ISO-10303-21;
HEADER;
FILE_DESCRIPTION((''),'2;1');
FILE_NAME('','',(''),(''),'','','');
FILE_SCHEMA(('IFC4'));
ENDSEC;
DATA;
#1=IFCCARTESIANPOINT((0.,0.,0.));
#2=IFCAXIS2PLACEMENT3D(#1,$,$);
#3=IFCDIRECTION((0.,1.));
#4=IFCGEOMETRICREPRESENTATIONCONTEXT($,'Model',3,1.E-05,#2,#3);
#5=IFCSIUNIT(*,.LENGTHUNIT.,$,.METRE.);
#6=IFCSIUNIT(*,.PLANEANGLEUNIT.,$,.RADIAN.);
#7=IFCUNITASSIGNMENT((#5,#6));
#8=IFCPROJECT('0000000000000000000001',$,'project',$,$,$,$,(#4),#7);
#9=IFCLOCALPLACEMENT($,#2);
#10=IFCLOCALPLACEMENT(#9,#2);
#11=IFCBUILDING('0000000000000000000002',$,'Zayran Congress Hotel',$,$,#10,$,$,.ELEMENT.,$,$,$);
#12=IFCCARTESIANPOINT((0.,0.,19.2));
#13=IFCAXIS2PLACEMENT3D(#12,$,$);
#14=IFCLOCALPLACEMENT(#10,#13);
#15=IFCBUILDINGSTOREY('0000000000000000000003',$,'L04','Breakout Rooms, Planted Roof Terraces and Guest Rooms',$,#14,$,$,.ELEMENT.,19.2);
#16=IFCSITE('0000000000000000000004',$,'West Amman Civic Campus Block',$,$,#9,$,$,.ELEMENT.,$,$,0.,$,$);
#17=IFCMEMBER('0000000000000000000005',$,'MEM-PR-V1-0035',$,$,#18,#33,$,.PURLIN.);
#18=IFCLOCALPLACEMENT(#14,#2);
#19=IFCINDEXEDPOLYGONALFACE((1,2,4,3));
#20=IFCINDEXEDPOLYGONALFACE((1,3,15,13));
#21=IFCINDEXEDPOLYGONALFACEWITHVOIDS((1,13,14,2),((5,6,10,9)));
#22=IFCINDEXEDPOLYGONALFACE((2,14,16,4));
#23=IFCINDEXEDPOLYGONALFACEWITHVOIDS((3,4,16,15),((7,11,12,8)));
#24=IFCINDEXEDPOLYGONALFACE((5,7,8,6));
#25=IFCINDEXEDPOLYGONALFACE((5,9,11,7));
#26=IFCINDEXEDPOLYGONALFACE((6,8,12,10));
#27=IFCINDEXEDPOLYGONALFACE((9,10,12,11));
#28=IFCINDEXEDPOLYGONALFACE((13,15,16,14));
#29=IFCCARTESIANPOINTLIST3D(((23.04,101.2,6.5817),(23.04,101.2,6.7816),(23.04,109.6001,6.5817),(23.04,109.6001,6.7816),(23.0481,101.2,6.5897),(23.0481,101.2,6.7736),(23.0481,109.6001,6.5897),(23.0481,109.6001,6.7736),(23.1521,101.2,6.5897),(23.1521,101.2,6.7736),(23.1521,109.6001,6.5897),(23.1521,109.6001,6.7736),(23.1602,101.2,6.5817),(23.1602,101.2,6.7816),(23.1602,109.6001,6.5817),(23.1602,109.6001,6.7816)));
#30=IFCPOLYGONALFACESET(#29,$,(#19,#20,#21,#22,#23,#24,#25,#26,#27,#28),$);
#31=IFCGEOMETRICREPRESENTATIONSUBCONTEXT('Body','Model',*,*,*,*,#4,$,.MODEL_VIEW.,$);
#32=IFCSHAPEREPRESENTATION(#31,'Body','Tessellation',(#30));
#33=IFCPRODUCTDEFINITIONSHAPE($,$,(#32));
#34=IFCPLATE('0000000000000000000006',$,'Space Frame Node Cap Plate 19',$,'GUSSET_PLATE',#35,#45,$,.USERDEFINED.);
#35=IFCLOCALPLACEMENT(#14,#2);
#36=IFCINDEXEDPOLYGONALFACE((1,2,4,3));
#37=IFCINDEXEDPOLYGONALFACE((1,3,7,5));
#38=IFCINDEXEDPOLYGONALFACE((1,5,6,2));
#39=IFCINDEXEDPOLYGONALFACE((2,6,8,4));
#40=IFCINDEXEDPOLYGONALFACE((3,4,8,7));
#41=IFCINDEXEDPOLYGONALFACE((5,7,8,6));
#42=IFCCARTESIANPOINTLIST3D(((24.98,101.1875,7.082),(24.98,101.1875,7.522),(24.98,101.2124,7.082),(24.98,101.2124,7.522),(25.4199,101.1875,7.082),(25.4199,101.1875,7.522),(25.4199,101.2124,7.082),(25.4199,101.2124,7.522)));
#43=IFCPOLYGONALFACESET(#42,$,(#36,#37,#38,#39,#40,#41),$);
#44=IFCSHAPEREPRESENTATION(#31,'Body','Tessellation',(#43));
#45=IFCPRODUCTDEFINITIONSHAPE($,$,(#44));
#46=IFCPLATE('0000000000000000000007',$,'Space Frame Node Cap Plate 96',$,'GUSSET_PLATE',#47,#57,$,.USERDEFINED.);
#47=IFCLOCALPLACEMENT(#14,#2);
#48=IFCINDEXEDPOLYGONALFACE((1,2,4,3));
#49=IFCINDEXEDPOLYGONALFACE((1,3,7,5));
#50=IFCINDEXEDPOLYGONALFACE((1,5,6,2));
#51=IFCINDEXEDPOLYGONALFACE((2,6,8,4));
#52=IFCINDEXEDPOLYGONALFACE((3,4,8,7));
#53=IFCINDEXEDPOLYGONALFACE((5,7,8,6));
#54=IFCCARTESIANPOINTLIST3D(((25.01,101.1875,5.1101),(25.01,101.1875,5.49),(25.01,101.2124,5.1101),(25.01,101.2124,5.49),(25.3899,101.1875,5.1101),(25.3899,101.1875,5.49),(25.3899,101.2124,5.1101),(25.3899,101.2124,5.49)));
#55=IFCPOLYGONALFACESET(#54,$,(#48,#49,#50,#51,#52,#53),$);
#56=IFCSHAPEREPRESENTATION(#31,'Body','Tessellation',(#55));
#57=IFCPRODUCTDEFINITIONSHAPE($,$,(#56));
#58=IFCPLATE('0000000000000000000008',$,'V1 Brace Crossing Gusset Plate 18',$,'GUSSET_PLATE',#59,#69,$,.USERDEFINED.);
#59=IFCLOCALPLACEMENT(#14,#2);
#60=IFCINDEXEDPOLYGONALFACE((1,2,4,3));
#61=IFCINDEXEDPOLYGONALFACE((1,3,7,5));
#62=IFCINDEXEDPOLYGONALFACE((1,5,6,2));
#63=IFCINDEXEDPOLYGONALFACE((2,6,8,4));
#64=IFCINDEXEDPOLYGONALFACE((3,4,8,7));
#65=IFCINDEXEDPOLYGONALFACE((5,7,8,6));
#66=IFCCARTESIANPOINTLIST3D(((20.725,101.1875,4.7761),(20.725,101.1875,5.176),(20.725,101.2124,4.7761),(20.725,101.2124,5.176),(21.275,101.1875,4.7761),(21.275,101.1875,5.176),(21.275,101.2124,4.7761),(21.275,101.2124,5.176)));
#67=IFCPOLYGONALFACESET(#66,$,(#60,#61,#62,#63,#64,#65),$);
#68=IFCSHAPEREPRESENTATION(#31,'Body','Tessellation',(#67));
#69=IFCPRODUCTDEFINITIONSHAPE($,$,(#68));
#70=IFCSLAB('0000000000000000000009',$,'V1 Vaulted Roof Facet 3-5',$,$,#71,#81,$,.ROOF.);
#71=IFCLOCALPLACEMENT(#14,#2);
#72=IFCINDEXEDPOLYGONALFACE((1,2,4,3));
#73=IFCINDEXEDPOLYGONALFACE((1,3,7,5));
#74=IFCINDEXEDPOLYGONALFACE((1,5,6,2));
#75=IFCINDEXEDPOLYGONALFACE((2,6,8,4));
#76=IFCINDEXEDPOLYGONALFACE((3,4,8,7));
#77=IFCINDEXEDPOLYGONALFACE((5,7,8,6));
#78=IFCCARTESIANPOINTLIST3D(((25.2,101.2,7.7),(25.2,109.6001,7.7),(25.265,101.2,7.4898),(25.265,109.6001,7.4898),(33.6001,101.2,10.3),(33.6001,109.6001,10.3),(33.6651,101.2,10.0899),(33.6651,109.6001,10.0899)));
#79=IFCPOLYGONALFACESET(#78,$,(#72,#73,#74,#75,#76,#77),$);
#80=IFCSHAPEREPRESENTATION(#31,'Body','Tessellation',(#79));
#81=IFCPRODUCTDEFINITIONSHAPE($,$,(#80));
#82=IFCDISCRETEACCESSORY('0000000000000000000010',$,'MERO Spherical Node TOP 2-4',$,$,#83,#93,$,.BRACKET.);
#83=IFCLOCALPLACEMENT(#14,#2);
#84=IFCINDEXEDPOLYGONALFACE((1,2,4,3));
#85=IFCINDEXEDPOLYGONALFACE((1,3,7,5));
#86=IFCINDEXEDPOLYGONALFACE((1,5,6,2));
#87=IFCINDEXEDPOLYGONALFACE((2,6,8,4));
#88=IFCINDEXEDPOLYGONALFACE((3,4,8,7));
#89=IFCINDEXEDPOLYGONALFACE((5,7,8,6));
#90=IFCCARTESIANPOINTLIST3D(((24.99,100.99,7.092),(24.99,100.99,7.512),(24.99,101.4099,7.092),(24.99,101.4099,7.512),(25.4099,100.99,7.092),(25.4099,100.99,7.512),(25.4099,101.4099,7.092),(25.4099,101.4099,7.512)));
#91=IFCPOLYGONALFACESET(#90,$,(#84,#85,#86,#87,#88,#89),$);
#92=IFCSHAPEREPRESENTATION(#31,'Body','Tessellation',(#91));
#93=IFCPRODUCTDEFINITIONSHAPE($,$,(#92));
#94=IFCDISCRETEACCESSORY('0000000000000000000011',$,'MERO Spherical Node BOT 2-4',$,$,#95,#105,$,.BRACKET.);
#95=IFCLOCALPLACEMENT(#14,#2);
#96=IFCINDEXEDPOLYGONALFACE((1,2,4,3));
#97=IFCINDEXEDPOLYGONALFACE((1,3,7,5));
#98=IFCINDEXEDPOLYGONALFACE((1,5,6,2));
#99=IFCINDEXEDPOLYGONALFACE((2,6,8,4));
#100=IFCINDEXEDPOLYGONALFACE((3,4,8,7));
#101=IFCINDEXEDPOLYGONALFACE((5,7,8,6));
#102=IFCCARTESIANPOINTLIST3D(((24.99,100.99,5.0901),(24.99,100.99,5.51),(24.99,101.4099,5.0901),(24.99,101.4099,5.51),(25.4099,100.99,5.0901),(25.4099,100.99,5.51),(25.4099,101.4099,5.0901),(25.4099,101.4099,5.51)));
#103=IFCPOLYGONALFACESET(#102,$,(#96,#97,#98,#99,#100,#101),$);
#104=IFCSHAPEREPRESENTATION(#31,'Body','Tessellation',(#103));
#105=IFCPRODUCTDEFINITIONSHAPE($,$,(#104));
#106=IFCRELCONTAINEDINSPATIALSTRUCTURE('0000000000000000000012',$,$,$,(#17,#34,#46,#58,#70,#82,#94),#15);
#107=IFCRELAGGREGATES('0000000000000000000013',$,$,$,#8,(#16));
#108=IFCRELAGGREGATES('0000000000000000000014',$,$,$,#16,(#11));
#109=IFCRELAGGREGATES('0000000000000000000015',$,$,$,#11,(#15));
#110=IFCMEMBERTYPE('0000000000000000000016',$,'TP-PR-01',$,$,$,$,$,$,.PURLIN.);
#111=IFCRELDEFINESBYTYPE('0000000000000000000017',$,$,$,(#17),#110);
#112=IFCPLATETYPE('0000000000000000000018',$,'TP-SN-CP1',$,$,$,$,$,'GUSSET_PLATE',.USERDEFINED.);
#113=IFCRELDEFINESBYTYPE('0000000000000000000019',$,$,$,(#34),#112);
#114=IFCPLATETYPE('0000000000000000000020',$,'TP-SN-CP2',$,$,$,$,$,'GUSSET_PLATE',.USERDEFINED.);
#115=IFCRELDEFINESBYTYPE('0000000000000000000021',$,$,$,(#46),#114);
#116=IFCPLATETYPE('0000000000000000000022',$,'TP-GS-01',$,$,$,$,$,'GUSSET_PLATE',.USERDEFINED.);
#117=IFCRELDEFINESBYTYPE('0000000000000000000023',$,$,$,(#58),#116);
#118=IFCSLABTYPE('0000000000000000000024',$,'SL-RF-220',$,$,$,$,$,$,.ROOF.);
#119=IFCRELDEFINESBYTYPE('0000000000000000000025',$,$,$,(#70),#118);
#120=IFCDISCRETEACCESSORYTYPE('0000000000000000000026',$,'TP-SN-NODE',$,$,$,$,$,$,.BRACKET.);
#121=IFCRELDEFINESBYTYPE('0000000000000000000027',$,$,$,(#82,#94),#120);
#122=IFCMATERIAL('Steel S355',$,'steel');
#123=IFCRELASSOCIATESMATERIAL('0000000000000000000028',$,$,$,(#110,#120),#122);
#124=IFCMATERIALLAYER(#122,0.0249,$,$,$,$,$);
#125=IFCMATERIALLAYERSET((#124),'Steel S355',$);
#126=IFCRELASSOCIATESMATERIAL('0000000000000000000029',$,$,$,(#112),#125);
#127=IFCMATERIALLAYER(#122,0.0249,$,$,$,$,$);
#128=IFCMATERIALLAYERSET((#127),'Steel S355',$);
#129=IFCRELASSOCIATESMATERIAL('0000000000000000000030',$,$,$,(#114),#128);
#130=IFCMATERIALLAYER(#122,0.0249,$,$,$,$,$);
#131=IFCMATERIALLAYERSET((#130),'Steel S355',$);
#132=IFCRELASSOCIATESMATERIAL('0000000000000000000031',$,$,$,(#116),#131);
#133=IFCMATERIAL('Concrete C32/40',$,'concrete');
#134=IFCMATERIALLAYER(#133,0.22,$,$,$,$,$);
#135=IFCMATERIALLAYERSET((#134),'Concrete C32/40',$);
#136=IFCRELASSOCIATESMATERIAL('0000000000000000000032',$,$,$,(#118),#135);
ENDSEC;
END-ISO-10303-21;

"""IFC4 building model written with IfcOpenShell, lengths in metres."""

from ifc_helpers import new_model, si_unit, direction, frame, origin, origin_2d, place, context, subcontext, project, spatial, polyline, rectangle, hollow_rectangle, outline, extrude, material, layer, layer_set, material_profile, profile_set, type_object, element, save


model = new_model("IFC4")

# Units and contexts
model_context = context("Model", 3, precision=1e-05, world=origin(), true_north=direction((0.0, 1.0)))
body_context = subcontext(model_context, "Body", "Model", "MODEL_VIEW")
ifc_project = project(units=[si_unit("LENGTHUNIT", "METRE"), si_unit("PLANEANGLEUNIT", "RADIAN")], contexts=[model_context])

# Site, building, storey
site_placement = place(None, origin())
site = spatial("IfcSite", under=ifc_project, at=site_placement, Name="West Amman Civic Campus Block", CompositionType="ELEMENT", RefElevation=0.0)
building_placement = place(site_placement, origin())
building = spatial("IfcBuilding", under=site, at=building_placement, Name="Zayran Congress Hotel", CompositionType="ELEMENT")
storey_placement = place(building_placement, frame((0.0, 0.0, 19.2)))
storey = spatial("IfcBuildingStorey", under=building, at=storey_placement, Name="L04", Description="Breakout Rooms, Planted Roof Terraces and Guest Rooms", CompositionType="ELEMENT", Elevation=19.2)

# Member
ifc_material_1 = material(Name="Steel S355", Category="steel")
ifc_material_profile_1 = material_profile(ifc_material_1, hollow_rectangle(XDim=0.1201, YDim=0.2, WallThickness=0.0081, at=origin_2d()), Name="RHS 200x120x8")
ifc_profile_set_1 = profile_set([ifc_material_profile_1], Name="Steel S355")
member_type_1 = type_object("IfcMemberType", Name="TP-PR-01", PredefinedType="PURLIN", material=ifc_profile_set_1)
for number, where, z_axis, x_axis, name in (
    (1, (23.1001, 101.2, 6.6816), (0.0, 1.0, 0.0), (-1.0, 0.0, 0.0), "MEM-PR-V1-0035"),
):
    element("IfcMember", number, at=place(storey_placement, frame(where, z_axis=z_axis, x_axis=x_axis)), inside=storey, type_object=member_type_1, Name=name, PredefinedType="PURLIN", context=body_context, shape_type="SweptSolid", body=[
        extrude(hollow_rectangle(XDim=0.1201, YDim=0.2, WallThickness=0.0081, at=origin_2d()), origin(), (0.0, 0.0, 1.0), 8.4001),
    ])

# Plates
ifc_layer_1 = layer(ifc_material_1, 0.0249)
ifc_layer_set_1 = layer_set([ifc_layer_1], Name="Steel S355")
plate_type_1 = type_object("IfcPlateType", Name="TP-SN-CP1", ElementType="GUSSET_PLATE", PredefinedType="USERDEFINED", material=ifc_layer_set_1)
plate_1_placement = place(storey_placement, frame((25.2, 101.2, 7.082), z_axis=(0.0, 0.0, 1.0), x_axis=(1.0, 0.0, 0.0)))
element("IfcPlate", 2, at=plate_1_placement, inside=storey, type_object=plate_type_1, Name="Space Frame Node Cap Plate 19", ObjectType="GUSSET_PLATE", PredefinedType="USERDEFINED", context=body_context, shape_type="SweptSolid", body=[
    extrude(rectangle(XDim=0.4399, YDim=0.0249, at=origin_2d()), origin(), (0.0, 0.0, 1.0), 0.4399),
])
ifc_layer_2 = layer(ifc_material_1, 0.0249)
ifc_layer_set_2 = layer_set([ifc_layer_2], Name="Steel S355")
plate_type_2 = type_object("IfcPlateType", Name="TP-SN-CP2", ElementType="GUSSET_PLATE", PredefinedType="USERDEFINED", material=ifc_layer_set_2)
plate_2_placement = place(storey_placement, frame((25.2, 101.2, 5.1101), z_axis=(0.0, 0.0, 1.0), x_axis=(1.0, 0.0, 0.0)))
element("IfcPlate", 3, at=plate_2_placement, inside=storey, type_object=plate_type_2, Name="Space Frame Node Cap Plate 96", ObjectType="GUSSET_PLATE", PredefinedType="USERDEFINED", context=body_context, shape_type="SweptSolid", body=[
    extrude(rectangle(XDim=0.3799, YDim=0.0249, at=origin_2d()), origin(), (0.0, 0.0, 1.0), 0.3799),
])
ifc_layer_3 = layer(ifc_material_1, 0.0249)
ifc_layer_set_3 = layer_set([ifc_layer_3], Name="Steel S355")
plate_type_3 = type_object("IfcPlateType", Name="TP-GS-01", ElementType="GUSSET_PLATE", PredefinedType="USERDEFINED", material=ifc_layer_set_3)
plate_3_placement = place(storey_placement, frame((21.0, 101.2, 4.7761), z_axis=(0.0, 0.0, 1.0), x_axis=(1.0, 0.0, 0.0)))
element("IfcPlate", 4, at=plate_3_placement, inside=storey, type_object=plate_type_3, Name="V1 Brace Crossing Gusset Plate 18", ObjectType="GUSSET_PLATE", PredefinedType="USERDEFINED", context=body_context, shape_type="SweptSolid", body=[
    extrude(rectangle(XDim=0.55, YDim=0.0249, at=origin_2d()), origin(), (0.0, 0.0, 1.0), 0.3999),
])

# Slab
ifc_material_2 = material(Name="Concrete C32/40", Category="concrete")
ifc_layer_4 = layer(ifc_material_2, 0.22)
ifc_layer_set_4 = layer_set([ifc_layer_4], Name="Concrete C32/40")
slab_type = type_object("IfcSlabType", Name="SL-RF-220", PredefinedType="ROOF", material=ifc_layer_set_4)
slab_placement = place(storey_placement, frame((25.2, 101.2, 7.7), z_axis=(-0.295689, 0.0, 0.955284), x_axis=(0.955284, 0.0, 0.295689)))
element("IfcSlab", 5, at=slab_placement, inside=storey, type_object=slab_type, Name="V1 Vaulted Roof Facet 3-5", PredefinedType="ROOF", context=body_context, shape_type="SweptSolid", body=[
    extrude(outline(polyline([(0.0, 0.0), (8.7933, 0.0), (8.7933, 8.4001), (0.0, 8.4001), (0.0, 0.0)])), origin(), (0.0, 0.0, -1.0), 0.22),
])

# Discrete accessories
discrete_accessory_type = type_object("IfcDiscreteAccessoryType", Name="TP-SN-NODE", PredefinedType="BRACKET", material=ifc_material_1)
for number, where, z_axis, x_axis, name in (
    (6, (25.2, 101.2, 7.092), (0.0, 0.0, 1.0), (1.0, 0.0, 0.0), "MERO Spherical Node TOP 2-4"),
    (7, (25.2, 101.2, 5.0901), (0.0, 0.0, 1.0), (1.0, 0.0, 0.0), "MERO Spherical Node BOT 2-4"),
):
    element("IfcDiscreteAccessory", number, at=place(storey_placement, frame(where, z_axis=z_axis, x_axis=x_axis)), inside=storey, type_object=discrete_accessory_type, Name=name, PredefinedType="BRACKET", context=body_context, shape_type="SweptSolid", body=[
        extrude(rectangle(XDim=0.4199, YDim=0.4199, at=origin_2d()), origin(), (0.0, 0.0, 1.0), 0.4199),
    ])

save(model, "model.ifc")
